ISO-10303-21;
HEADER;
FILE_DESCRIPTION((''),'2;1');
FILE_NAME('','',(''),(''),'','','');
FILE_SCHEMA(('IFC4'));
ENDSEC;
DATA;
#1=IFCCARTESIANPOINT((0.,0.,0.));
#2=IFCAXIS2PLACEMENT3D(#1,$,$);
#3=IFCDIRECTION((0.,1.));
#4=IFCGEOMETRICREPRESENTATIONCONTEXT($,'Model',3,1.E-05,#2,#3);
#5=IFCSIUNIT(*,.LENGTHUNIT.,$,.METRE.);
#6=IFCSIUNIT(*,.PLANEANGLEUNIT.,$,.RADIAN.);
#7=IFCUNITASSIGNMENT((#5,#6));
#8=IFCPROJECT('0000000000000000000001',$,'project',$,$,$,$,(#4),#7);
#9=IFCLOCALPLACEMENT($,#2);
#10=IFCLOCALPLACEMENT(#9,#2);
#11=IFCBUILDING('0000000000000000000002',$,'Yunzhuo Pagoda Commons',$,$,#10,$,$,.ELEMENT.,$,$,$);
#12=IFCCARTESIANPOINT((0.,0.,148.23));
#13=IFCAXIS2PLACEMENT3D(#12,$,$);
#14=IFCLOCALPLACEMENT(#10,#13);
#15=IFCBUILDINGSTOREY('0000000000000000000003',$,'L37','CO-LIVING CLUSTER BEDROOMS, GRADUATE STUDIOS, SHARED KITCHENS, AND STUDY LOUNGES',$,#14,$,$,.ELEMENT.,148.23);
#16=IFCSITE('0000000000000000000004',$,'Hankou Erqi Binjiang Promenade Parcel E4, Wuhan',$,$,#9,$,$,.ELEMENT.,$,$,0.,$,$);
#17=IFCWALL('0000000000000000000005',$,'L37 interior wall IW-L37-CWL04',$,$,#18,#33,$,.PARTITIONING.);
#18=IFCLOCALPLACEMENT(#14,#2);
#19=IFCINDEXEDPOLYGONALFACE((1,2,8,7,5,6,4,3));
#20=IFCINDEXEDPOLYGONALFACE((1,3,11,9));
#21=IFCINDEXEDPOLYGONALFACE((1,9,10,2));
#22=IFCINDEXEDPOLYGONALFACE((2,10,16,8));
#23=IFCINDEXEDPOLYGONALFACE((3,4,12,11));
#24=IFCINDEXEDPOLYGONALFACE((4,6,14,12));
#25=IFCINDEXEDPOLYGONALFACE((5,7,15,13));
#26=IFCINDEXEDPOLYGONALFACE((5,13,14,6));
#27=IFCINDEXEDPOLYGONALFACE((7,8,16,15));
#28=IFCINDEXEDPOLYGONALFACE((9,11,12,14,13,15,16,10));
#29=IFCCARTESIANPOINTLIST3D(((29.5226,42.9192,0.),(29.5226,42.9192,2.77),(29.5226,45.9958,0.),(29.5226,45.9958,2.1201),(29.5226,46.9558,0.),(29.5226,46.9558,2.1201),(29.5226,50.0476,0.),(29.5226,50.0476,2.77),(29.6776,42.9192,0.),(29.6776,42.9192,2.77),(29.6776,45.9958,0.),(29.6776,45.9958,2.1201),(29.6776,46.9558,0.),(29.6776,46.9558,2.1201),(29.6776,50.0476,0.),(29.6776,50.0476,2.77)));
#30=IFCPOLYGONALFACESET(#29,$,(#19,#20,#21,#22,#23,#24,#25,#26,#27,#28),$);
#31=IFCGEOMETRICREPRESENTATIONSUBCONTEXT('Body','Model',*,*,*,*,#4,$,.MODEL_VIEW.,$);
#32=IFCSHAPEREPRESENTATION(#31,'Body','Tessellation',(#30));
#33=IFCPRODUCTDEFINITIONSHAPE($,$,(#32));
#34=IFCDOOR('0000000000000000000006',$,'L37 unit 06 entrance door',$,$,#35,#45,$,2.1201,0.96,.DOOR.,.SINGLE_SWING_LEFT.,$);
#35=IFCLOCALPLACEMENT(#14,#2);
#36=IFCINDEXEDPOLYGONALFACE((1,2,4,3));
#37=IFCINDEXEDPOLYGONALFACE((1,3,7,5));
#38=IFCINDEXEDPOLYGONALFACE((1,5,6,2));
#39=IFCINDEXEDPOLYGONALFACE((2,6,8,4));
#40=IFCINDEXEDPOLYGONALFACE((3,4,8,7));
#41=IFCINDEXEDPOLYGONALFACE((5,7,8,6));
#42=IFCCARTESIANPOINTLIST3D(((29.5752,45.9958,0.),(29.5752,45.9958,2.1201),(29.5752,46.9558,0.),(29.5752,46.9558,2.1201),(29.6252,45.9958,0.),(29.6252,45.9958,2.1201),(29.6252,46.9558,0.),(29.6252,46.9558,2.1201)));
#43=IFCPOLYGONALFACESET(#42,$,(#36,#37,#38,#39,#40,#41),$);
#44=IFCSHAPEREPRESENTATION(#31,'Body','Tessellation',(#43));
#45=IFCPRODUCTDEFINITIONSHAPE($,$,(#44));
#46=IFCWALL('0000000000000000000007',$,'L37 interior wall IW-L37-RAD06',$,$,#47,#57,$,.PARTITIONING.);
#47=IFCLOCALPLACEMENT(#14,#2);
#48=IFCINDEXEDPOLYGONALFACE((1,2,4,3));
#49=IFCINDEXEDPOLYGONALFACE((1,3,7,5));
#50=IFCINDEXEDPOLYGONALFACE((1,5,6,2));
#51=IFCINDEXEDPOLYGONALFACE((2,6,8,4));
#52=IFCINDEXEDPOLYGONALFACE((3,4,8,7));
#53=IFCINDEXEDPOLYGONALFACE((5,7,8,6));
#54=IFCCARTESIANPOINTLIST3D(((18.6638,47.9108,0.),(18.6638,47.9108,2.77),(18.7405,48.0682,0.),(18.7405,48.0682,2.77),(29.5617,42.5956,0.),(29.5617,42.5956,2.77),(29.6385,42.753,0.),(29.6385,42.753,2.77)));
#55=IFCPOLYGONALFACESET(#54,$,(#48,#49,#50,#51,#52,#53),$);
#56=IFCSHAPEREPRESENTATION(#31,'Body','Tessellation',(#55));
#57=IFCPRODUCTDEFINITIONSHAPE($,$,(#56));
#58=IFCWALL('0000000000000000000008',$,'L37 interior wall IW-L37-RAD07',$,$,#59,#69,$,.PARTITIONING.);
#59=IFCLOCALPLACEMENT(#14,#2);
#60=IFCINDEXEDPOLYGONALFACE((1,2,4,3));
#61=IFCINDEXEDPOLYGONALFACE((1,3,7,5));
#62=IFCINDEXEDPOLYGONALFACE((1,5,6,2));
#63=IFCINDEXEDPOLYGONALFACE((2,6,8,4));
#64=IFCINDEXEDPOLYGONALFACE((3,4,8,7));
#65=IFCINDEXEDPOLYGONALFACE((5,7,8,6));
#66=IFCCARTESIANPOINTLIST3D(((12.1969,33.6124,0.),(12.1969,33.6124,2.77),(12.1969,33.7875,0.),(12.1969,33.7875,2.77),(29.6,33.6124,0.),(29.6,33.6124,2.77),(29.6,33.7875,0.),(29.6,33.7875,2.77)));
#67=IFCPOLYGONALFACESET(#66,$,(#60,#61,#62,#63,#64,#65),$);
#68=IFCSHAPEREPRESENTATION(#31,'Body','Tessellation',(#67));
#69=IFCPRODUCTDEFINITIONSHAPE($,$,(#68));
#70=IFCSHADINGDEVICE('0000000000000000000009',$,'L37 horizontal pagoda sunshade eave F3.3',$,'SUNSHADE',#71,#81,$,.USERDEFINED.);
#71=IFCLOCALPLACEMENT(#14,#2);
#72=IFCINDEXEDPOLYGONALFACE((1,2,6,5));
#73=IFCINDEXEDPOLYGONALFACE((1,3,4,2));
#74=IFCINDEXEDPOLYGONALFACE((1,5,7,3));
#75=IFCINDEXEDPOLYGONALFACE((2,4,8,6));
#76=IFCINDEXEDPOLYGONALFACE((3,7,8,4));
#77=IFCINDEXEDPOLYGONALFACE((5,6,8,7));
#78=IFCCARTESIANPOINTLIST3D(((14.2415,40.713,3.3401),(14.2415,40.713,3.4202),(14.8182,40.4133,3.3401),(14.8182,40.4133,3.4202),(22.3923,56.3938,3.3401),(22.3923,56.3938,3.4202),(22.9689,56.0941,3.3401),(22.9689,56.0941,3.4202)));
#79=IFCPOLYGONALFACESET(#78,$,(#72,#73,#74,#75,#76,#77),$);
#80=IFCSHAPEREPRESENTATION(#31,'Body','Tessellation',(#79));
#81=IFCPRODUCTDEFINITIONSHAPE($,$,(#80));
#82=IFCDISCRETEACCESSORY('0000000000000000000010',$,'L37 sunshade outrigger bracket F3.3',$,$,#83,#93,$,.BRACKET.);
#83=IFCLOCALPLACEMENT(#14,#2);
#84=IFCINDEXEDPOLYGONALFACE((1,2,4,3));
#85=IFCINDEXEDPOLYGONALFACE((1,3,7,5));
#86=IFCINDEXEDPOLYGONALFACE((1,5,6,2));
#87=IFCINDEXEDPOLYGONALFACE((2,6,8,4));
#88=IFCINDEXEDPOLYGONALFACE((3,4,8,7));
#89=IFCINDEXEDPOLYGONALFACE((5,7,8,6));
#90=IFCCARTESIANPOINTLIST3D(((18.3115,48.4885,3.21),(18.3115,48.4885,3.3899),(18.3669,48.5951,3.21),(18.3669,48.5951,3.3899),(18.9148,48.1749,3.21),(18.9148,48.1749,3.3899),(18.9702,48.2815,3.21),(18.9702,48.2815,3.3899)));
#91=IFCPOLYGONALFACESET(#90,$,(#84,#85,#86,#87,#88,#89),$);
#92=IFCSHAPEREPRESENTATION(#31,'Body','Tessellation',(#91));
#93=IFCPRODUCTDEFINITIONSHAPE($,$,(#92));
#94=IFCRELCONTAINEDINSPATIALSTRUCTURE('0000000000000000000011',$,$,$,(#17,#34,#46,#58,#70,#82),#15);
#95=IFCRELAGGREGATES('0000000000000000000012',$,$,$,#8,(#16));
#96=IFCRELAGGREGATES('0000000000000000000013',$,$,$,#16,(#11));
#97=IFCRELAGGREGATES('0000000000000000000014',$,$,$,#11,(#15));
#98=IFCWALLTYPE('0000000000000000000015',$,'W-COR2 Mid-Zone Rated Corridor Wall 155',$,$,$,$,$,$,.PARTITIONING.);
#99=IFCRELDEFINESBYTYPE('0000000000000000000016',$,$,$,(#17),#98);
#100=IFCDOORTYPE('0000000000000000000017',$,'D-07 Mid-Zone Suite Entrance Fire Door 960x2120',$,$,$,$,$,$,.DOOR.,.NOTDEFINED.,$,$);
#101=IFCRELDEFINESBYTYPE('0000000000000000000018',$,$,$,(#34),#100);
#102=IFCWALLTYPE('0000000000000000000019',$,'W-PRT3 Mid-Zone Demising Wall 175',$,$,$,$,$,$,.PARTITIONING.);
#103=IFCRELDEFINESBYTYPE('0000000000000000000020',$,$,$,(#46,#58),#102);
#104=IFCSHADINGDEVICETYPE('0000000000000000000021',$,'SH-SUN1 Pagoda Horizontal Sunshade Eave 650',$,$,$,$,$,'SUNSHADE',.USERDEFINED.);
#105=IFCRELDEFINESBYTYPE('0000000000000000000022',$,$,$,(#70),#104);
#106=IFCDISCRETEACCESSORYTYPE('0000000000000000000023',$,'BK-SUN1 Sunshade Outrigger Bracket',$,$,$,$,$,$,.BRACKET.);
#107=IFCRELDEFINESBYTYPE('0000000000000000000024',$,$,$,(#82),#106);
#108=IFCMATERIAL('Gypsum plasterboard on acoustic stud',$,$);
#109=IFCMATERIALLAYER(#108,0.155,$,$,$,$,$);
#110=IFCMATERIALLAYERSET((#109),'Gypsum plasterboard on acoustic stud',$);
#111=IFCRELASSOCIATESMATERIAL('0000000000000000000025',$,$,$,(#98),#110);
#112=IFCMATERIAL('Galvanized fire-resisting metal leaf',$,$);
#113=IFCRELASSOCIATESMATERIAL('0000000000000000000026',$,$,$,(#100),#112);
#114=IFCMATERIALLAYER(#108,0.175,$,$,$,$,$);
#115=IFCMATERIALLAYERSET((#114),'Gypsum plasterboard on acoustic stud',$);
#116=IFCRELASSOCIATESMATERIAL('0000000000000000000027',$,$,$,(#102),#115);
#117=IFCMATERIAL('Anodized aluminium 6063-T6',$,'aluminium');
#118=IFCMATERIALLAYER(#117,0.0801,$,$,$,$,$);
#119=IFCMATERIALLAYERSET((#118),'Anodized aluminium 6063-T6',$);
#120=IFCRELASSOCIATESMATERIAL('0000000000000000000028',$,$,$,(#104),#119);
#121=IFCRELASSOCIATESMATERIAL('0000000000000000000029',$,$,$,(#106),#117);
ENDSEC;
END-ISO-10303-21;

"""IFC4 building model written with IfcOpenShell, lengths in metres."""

from ifc_helpers import new_model, si_unit, direction, frame, frame_2d, origin, origin_with_axes, origin_2d, place, context, subcontext, project, spatial, rectangle, extrude, source, transform, mapped, material, layer, layer_set, type_object, element, fill, save


model = new_model("IFC4")

# Units and contexts
model_context = context("Model", 3, precision=1e-05, world=origin(), true_north=direction((0.0, 1.0)))
body_context = subcontext(model_context, "Body", "Model", "MODEL_VIEW")
ifc_project = project(units=[si_unit("LENGTHUNIT", "METRE"), si_unit("PLANEANGLEUNIT", "RADIAN")], contexts=[model_context])

# Site, building, storey
site_placement = place(None, origin())
site = spatial("IfcSite", under=ifc_project, at=site_placement, Name="Hankou Erqi Binjiang Promenade Parcel E4, Wuhan", CompositionType="ELEMENT", RefElevation=0.0)
building_placement = place(site_placement, origin())
building = spatial("IfcBuilding", under=site, at=building_placement, Name="Yunzhuo Pagoda Commons", CompositionType="ELEMENT")
storey_placement = place(building_placement, frame((0.0, 0.0, 148.23)))
storey = spatial("IfcBuildingStorey", under=building, at=storey_placement, Name="L37", Description="CO-LIVING CLUSTER BEDROOMS, GRADUATE STUDIOS, SHARED KITCHENS, AND STUDY LOUNGES", CompositionType="ELEMENT", Elevation=148.23)

# Shared definitions
ifc_material_1 = material(Name="Anodized aluminium 6063-T6", Category="aluminium")

# Wall, opening, door
ifc_material_2 = material(Name="Gypsum plasterboard on acoustic stud")
ifc_layer_1 = layer(ifc_material_2, 0.155)
ifc_layer_set_1 = layer_set([ifc_layer_1], Name="Gypsum plasterboard on acoustic stud")
wall_type_1 = type_object("IfcWallType", Name="W-COR2 Mid-Zone Rated Corridor Wall 155", PredefinedType="PARTITIONING", material=ifc_layer_set_1)
ifc_material_3 = material(Name="Galvanized fire-resisting metal leaf")
door_type = type_object("IfcDoorType", Name="D-07 Mid-Zone Suite Entrance Fire Door 960x2120", OperationType="NOTDEFINED", PredefinedType="DOOR", material=ifc_material_3)
shared_shape_1 = source(origin(), body_context, "Body", "SweptSolid", [
    extrude(rectangle(XDim=0.96, YDim=2.1201, at=frame_2d((0.48, 1.0601))), frame((0.0, 0.0249, 0.0), z_axis=(0.0, -1.0, 0.0), x_axis=(1.0, 0.0, 0.0)), (0.0, 0.0, 1.0), 0.05),
])
wall_1_placement = place(storey_placement, frame((29.6001, 42.9192, 0.0), z_axis=(0.0, 0.0, 1.0), x_axis=(0.0, 1.0, 0.0)))
wall_1 = element("IfcWall", 1, at=wall_1_placement, inside=storey, type_object=wall_type_1, Name="L37 interior wall IW-L37-CWL04", PredefinedType="PARTITIONING", context=body_context, shape_type="SweptSolid", body=[
    extrude(rectangle(XDim=7.1284, YDim=0.155, at=frame_2d((3.5642, 0.0))), origin(), (0.0, 0.0, 1.0), 2.77),
])
opening_1_placement = place(wall_1_placement, frame((3.0767, 0.0, 0.0)))
opening_1 = element("IfcOpeningElement", 2, at=opening_1_placement, cuts=wall_1, PredefinedType="OPENING", context=body_context, shape_type="SweptSolid", body=[
    extrude(rectangle(XDim=0.96, YDim=2.1201, at=frame_2d((0.48, 1.0601))), frame((0.0, 0.0874, 0.0), z_axis=(0.0, -1.0, 0.0), x_axis=(1.0, 0.0, 0.0)), (0.0, 0.0, 1.0), 0.175),
])
door_1_placement = place(opening_1_placement, origin_with_axes())
door_1 = element("IfcDoor", 3, at=door_1_placement, inside=storey, type_object=door_type, Name="L37 unit 06 entrance door", OperationType="SINGLE_SWING_LEFT", OverallHeight=2.1201, OverallWidth=0.96, PredefinedType="DOOR", context=body_context, shape_type="MappedRepresentation", body=[
    mapped(shared_shape_1, transform((0.0, 0.0, 0.0), scale=1.0)),
])
fill(opening_1, door_1)

# Walls
ifc_layer_2 = layer(ifc_material_2, 0.175)
ifc_layer_set_2 = layer_set([ifc_layer_2], Name="Gypsum plasterboard on acoustic stud")
wall_type_2 = type_object("IfcWallType", Name="W-PRT3 Mid-Zone Demising Wall 175", PredefinedType="PARTITIONING", material=ifc_layer_set_2)
wall_2_placement = place(storey_placement, frame((29.6001, 42.6743, 0.0), z_axis=(0.0, 0.0, 1.0), x_axis=(-0.898797, 0.438365, 0.0)))
element("IfcWall", 4, at=wall_2_placement, inside=storey, type_object=wall_type_2, Name="L37 interior wall IW-L37-RAD06", PredefinedType="PARTITIONING", context=body_context, shape_type="SweptSolid", body=[
    extrude(rectangle(XDim=12.125, YDim=0.175, at=frame_2d((6.0625, 0.0))), origin(), (0.0, 0.0, 1.0), 2.77),
])
wall_3_placement = place(storey_placement, frame((29.6001, 33.7, 0.0), z_axis=(0.0, 0.0, 1.0), x_axis=(-1.0, 0.0, 0.0)))
element("IfcWall", 5, at=wall_3_placement, inside=storey, type_object=wall_type_2, Name="L37 interior wall IW-L37-RAD07", PredefinedType="PARTITIONING", context=body_context, shape_type="SweptSolid", body=[
    extrude(rectangle(XDim=17.4031, YDim=0.175, at=frame_2d((8.7017, 0.0))), origin(), (0.0, 0.0, 1.0), 2.77),
])

# Shading device
ifc_layer_3 = layer(ifc_material_1, 0.0801)
ifc_layer_set_3 = layer_set([ifc_layer_3], Name="Anodized aluminium 6063-T6")
shading_device_type = type_object("IfcShadingDeviceType", Name="SH-SUN1 Pagoda Horizontal Sunshade Eave 650", ElementType="SUNSHADE", PredefinedType="USERDEFINED", material=ifc_layer_set_3)
shared_shape_2 = source(origin(), body_context, "Body", "SweptSolid", [
    extrude(rectangle(XDim=17.6726, YDim=0.6499, at=origin_2d()), origin(), (0.0, 0.0, 1.0), 0.0801),
])
shading_device_placement = place(storey_placement, frame((18.6052, 48.4036, 3.3401), z_axis=(0.0, 0.0, 1.0), x_axis=(-0.461207, -0.887293, 0.0)))
element("IfcShadingDevice", 6, at=shading_device_placement, inside=storey, type_object=shading_device_type, Name="L37 horizontal pagoda sunshade eave F3.3", ObjectType="SUNSHADE", PredefinedType="USERDEFINED", context=body_context, shape_type="MappedRepresentation", body=[
    mapped(shared_shape_2, transform((0.0, 0.0, 0.0), scale=1.0)),
])

# Discrete accessory
discrete_accessory_type = type_object("IfcDiscreteAccessoryType", Name="BK-SUN1 Sunshade Outrigger Bracket", PredefinedType="BRACKET", material=ifc_material_1)
shared_shape_3 = source(origin(), body_context, "Body", "SweptSolid", [
    extrude(rectangle(XDim=0.1201, YDim=0.6799, at=origin_2d()), origin(), (0.0, 0.0, 1.0), 0.1799),
])
discrete_accessory_placement = place(storey_placement, frame((18.6409, 48.385, 3.21), z_axis=(0.0, 0.0, 1.0), x_axis=(-0.461207, -0.887293, 0.0)))
element("IfcDiscreteAccessory", 7, at=discrete_accessory_placement, inside=storey, type_object=discrete_accessory_type, Name="L37 sunshade outrigger bracket F3.3", PredefinedType="BRACKET", context=body_context, shape_type="MappedRepresentation", body=[
    mapped(shared_shape_3, transform((0.0, 0.0, 0.0), scale=1.0)),
])

save(model, "model.ifc")
